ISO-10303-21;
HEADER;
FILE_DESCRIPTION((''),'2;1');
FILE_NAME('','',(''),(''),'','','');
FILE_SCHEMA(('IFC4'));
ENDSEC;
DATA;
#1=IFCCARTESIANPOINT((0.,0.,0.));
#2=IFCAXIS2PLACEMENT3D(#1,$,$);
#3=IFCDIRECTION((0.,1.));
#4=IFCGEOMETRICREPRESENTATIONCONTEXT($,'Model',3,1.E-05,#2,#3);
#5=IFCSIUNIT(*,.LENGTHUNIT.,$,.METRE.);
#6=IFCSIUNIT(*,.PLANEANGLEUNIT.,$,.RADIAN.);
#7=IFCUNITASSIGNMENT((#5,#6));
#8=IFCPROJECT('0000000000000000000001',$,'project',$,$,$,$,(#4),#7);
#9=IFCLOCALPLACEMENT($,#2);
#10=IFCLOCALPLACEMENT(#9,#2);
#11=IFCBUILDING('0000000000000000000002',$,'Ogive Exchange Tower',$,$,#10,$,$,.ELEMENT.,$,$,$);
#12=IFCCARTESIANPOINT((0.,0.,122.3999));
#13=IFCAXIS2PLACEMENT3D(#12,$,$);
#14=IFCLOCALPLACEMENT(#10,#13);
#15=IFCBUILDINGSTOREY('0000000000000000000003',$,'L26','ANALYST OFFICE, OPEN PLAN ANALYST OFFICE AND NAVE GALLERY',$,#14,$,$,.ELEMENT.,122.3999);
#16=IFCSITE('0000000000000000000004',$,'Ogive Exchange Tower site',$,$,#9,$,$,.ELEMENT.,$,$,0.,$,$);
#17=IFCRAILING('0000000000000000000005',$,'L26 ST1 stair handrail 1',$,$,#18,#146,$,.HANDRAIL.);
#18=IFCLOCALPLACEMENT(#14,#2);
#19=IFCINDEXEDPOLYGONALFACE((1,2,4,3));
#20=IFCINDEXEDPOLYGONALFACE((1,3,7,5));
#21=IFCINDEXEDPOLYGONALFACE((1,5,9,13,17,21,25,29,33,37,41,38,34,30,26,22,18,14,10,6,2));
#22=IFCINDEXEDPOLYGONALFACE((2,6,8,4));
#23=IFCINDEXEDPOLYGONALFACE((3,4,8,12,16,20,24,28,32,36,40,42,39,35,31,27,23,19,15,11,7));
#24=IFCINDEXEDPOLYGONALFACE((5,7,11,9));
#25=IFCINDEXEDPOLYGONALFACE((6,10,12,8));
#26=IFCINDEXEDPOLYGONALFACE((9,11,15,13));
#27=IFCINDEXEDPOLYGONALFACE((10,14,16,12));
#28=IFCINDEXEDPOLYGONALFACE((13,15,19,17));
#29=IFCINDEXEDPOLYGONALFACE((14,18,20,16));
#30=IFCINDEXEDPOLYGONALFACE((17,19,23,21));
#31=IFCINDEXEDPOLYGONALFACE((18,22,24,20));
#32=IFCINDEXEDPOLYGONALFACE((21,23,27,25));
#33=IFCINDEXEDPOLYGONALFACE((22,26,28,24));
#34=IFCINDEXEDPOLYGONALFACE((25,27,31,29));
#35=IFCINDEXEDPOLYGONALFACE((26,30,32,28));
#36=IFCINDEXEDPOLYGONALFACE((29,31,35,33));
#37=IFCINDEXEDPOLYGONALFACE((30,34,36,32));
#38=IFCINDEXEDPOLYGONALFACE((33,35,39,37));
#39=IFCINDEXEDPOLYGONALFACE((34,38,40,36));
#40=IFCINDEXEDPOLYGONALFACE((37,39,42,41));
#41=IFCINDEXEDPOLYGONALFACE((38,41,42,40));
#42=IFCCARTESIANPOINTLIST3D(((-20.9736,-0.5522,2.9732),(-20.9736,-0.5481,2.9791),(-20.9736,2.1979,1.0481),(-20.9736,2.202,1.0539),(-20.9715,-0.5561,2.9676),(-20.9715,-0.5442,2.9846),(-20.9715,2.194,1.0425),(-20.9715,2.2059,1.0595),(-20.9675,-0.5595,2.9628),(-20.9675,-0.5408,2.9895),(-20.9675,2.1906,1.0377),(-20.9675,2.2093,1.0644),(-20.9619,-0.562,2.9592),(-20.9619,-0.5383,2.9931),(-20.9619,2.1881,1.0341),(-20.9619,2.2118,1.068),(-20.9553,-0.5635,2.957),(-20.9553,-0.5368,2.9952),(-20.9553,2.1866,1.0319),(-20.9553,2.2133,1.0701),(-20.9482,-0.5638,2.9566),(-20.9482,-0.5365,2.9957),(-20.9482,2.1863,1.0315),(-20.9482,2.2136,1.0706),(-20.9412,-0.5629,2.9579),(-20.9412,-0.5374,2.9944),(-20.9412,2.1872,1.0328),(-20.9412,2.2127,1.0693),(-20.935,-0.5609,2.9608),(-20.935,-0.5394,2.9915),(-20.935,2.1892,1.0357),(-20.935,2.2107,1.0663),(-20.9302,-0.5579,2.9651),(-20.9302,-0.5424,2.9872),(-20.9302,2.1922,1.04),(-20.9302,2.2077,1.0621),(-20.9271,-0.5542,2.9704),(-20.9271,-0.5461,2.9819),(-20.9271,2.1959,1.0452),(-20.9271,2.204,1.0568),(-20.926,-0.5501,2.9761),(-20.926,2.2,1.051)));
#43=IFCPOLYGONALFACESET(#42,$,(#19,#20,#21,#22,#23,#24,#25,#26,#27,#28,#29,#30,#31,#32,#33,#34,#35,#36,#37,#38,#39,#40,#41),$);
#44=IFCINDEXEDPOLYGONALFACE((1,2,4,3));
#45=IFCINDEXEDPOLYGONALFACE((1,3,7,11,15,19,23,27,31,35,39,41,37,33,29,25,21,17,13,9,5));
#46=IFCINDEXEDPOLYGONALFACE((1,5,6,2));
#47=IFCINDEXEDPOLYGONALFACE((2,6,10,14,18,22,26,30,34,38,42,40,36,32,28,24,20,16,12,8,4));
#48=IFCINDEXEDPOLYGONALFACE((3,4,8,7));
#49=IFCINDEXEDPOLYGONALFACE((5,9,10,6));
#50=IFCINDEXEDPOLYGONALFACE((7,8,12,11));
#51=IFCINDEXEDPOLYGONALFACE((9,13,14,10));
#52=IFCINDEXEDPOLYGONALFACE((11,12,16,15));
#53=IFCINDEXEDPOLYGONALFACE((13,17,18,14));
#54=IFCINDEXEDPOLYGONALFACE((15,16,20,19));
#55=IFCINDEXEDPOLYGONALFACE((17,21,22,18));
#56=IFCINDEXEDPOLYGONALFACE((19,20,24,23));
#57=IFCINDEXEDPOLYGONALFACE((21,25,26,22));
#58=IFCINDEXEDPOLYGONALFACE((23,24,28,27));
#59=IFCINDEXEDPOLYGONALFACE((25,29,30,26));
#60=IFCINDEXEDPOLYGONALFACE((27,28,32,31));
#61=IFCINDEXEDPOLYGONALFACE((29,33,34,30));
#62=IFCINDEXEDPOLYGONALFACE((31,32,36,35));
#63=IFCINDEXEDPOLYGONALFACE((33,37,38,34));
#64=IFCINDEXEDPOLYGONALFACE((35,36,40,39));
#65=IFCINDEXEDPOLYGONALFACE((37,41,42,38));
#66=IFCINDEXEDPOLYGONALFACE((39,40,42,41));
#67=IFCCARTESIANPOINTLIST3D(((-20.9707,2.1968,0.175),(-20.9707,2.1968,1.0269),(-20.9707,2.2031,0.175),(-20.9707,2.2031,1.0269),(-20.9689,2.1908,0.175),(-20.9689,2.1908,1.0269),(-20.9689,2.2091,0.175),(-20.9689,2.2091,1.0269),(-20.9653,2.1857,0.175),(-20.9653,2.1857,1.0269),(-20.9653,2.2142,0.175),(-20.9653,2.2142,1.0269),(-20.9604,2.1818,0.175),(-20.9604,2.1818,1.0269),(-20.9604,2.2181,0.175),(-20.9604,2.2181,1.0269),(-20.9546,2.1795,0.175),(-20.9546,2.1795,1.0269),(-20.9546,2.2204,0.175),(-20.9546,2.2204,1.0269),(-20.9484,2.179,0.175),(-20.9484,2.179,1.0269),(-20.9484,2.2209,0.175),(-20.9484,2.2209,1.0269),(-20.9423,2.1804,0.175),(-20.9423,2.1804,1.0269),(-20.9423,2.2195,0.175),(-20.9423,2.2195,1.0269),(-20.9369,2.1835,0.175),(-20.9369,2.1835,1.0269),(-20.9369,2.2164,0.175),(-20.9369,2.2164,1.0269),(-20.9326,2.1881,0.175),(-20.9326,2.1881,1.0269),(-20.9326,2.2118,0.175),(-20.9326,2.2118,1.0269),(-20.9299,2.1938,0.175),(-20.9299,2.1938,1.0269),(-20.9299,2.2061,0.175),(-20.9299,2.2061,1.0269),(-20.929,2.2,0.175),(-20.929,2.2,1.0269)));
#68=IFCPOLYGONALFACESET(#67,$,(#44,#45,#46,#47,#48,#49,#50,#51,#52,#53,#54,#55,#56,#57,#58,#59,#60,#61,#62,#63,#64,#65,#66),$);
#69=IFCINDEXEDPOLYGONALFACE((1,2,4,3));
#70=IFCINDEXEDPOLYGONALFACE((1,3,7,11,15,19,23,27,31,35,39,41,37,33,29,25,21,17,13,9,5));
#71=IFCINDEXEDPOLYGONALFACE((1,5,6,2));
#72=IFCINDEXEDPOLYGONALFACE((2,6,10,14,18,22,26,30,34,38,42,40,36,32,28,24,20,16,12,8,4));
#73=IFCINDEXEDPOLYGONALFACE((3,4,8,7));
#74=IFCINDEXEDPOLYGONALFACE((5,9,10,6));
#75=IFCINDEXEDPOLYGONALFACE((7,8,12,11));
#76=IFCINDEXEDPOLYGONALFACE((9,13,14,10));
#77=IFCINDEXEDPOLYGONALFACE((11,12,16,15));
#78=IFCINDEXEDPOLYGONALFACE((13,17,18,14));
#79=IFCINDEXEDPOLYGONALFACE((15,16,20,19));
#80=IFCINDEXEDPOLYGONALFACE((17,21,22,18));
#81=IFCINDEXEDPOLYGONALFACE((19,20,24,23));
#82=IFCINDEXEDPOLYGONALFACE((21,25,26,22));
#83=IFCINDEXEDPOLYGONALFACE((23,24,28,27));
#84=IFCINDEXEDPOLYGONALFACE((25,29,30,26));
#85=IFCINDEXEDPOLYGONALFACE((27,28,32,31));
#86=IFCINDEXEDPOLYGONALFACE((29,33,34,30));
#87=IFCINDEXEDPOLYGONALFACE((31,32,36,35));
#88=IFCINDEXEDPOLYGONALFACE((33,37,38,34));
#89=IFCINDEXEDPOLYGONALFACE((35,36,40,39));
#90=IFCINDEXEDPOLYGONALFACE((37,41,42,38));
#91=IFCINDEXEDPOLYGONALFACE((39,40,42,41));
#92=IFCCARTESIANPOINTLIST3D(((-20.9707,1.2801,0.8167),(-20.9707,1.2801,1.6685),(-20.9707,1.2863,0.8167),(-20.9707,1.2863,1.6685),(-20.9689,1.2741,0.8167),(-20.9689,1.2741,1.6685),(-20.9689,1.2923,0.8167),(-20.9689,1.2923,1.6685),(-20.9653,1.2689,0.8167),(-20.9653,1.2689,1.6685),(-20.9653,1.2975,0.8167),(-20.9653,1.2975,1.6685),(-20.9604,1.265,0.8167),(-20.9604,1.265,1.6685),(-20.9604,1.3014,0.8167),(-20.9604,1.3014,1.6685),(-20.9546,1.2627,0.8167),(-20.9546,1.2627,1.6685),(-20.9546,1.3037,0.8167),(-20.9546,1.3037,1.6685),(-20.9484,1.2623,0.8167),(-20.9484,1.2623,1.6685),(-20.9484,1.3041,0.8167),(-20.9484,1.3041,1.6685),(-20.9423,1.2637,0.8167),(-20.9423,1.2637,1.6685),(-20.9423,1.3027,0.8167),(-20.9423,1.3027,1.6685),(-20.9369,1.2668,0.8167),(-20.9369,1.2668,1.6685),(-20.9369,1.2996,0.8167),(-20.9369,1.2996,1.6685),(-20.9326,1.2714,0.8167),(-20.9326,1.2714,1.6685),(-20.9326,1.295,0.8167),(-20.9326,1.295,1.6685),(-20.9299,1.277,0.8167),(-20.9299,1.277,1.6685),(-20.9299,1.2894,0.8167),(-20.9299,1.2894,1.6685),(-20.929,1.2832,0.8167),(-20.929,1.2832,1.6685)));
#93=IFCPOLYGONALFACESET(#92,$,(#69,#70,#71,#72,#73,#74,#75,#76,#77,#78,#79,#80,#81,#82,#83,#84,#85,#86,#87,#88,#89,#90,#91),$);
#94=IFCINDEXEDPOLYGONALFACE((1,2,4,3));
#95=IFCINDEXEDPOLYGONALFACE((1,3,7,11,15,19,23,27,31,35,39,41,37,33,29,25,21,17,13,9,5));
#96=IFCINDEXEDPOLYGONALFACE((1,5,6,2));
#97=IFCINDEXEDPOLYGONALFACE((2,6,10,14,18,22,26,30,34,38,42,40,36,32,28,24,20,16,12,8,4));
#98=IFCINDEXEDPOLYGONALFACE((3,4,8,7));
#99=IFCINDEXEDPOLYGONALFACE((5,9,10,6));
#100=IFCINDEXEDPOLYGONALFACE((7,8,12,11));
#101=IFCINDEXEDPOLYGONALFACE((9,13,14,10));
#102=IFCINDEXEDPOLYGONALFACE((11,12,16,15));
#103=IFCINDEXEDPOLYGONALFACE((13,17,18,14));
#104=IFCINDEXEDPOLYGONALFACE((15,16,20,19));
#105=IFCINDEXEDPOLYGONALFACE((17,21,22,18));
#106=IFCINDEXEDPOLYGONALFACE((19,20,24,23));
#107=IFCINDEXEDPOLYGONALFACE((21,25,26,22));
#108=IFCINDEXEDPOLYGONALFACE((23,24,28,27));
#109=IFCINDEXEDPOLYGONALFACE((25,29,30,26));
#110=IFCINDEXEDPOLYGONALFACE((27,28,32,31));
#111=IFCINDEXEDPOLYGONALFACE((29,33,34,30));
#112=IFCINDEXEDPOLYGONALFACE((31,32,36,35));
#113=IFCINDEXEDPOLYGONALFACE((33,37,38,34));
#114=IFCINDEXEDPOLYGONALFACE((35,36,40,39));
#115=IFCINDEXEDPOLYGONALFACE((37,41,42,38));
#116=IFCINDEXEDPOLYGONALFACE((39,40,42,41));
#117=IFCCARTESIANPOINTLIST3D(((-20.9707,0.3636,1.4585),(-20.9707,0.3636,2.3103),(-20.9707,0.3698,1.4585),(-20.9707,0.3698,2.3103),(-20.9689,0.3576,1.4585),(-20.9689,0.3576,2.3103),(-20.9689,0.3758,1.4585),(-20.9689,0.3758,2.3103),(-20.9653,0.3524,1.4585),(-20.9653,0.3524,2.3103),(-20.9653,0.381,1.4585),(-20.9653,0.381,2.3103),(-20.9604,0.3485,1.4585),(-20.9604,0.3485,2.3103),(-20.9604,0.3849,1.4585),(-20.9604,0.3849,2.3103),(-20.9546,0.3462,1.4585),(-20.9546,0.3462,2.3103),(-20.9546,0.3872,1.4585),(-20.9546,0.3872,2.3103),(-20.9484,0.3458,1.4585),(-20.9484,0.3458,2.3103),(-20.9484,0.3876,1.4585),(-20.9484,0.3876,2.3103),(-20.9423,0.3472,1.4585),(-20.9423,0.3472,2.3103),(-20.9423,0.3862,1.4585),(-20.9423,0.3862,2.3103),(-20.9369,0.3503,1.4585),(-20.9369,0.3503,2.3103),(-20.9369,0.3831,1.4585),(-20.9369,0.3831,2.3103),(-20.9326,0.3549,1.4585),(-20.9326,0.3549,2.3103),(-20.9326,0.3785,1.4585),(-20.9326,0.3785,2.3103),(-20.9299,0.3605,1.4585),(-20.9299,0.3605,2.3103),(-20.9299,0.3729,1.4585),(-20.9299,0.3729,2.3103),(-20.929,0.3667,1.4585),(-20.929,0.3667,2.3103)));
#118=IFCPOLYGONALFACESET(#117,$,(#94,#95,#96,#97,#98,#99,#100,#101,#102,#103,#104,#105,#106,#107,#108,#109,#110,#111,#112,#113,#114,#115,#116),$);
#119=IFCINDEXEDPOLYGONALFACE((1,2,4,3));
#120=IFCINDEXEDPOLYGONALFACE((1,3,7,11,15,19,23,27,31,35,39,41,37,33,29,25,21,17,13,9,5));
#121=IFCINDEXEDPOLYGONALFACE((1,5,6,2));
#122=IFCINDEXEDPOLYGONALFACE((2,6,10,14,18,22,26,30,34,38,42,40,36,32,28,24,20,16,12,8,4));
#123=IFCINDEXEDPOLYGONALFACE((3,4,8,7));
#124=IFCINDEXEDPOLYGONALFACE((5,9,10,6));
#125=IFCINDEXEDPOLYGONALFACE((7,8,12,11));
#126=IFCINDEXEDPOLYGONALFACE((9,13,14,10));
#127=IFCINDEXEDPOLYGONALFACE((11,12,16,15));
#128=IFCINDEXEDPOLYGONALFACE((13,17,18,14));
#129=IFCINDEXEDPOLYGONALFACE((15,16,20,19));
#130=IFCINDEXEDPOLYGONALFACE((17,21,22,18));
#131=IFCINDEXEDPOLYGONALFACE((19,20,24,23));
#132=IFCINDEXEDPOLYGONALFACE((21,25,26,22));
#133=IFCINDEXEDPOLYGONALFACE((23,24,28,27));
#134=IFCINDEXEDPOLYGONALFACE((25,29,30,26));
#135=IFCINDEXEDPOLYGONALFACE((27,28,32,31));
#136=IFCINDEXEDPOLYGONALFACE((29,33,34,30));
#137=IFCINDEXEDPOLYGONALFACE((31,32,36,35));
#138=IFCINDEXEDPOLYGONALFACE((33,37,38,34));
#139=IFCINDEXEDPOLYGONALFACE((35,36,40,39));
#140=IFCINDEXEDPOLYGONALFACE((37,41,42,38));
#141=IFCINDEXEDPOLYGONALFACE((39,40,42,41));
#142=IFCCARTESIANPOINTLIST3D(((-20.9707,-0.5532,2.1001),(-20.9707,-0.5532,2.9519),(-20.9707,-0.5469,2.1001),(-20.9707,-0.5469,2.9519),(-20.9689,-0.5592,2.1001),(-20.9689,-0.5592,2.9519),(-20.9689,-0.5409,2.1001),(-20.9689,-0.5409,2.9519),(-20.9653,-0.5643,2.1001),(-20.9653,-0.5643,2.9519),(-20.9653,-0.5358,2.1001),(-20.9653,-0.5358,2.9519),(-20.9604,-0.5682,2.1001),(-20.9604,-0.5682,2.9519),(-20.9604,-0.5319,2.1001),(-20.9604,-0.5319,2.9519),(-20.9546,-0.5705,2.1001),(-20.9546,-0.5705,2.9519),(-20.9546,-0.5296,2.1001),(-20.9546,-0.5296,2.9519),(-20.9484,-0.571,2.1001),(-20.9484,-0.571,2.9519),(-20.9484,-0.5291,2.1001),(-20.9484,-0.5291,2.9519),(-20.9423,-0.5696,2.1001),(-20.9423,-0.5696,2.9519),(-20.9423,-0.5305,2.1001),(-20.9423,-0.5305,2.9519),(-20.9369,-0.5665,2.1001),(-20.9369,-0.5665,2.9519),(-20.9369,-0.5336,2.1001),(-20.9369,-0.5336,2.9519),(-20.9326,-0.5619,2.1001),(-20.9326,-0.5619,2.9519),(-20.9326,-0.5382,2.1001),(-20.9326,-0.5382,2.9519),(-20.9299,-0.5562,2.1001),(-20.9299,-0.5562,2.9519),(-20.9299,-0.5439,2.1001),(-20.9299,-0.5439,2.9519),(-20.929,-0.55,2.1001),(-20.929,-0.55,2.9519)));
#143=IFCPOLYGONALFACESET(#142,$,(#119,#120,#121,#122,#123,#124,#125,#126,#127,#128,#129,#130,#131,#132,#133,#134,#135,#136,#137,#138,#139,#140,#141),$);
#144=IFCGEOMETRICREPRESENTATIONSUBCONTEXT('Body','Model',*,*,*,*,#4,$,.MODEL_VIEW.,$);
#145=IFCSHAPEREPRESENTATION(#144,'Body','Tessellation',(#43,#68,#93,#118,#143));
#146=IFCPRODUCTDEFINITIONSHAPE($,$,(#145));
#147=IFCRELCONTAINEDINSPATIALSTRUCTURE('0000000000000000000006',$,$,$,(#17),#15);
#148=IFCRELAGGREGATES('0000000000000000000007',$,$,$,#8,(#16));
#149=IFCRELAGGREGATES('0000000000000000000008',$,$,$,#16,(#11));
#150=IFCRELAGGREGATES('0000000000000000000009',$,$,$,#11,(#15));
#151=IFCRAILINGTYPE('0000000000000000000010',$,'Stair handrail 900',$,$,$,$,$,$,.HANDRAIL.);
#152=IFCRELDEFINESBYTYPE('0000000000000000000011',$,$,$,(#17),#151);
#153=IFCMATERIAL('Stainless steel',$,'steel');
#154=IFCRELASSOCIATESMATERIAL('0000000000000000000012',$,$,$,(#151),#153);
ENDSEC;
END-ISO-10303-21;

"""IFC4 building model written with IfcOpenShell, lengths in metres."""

from ifc_helpers import new_model, si_unit, direction, frame, origin, origin_2d, place, context, subcontext, project, spatial, circle, extrude, material, type_object, element, save


model = new_model("IFC4")

# Units and contexts
model_context = context("Model", 3, precision=1e-05, world=origin(), true_north=direction((0.0, 1.0)))
body_context = subcontext(model_context, "Body", "Model", "MODEL_VIEW")
ifc_project = project(units=[si_unit("LENGTHUNIT", "METRE"), si_unit("PLANEANGLEUNIT", "RADIAN")], contexts=[model_context])

# Site, building, storey
site_placement = place(None, origin())
site = spatial("IfcSite", under=ifc_project, at=site_placement, Name="Ogive Exchange Tower site", CompositionType="ELEMENT", RefElevation=0.0)
building_placement = place(site_placement, origin())
building = spatial("IfcBuilding", under=site, at=building_placement, Name="Ogive Exchange Tower", CompositionType="ELEMENT")
storey_placement = place(building_placement, frame((0.0, 0.0, 122.3999)))
storey = spatial("IfcBuildingStorey", under=building, at=storey_placement, Name="L26", Description="ANALYST OFFICE, OPEN PLAN ANALYST OFFICE AND NAVE GALLERY", CompositionType="ELEMENT", Elevation=122.3999)

# Shared definitions
ifc_material_1 = material(Name="Stainless steel", Category="steel")

# Railing
railing_type = type_object("IfcRailingType", Name="Stair handrail 900", PredefinedType="HANDRAIL", material=ifc_material_1)
railing_1_placement = place(storey_placement, frame((-20.95, 2.2, 0.175)))
element("IfcRailing", 1, at=railing_1_placement, inside=storey, type_object=railing_type, Name="L26 ST1 stair handrail 1", PredefinedType="HANDRAIL", context=body_context, shape_type="SweptSolid", body=[
    extrude(circle(Radius=0.0239, at=origin_2d()), frame((0.0, 0.0, 0.876), z_axis=(0.0, -0.819225, 0.573472), x_axis=(1.0, 0.0, 0.0)), (0.0, 0.0, 1.0), 3.3569),
    extrude(circle(Radius=0.021, at=origin_2d()), origin(), (0.0, 0.0, 1.0), 0.8518),
    extrude(circle(Radius=0.021, at=origin_2d()), frame((0.0, -0.9167, 0.6416)), (0.0, 0.0, 1.0), 0.8518),
    extrude(circle(Radius=0.021, at=origin_2d()), frame((0.0, -1.8333, 1.2834)), (0.0, 0.0, 1.0), 0.8518),
    extrude(circle(Radius=0.021, at=origin_2d()), frame((0.0, -2.75, 1.925)), (0.0, 0.0, 1.0), 0.8518),
])

save(model, "model.ifc")
